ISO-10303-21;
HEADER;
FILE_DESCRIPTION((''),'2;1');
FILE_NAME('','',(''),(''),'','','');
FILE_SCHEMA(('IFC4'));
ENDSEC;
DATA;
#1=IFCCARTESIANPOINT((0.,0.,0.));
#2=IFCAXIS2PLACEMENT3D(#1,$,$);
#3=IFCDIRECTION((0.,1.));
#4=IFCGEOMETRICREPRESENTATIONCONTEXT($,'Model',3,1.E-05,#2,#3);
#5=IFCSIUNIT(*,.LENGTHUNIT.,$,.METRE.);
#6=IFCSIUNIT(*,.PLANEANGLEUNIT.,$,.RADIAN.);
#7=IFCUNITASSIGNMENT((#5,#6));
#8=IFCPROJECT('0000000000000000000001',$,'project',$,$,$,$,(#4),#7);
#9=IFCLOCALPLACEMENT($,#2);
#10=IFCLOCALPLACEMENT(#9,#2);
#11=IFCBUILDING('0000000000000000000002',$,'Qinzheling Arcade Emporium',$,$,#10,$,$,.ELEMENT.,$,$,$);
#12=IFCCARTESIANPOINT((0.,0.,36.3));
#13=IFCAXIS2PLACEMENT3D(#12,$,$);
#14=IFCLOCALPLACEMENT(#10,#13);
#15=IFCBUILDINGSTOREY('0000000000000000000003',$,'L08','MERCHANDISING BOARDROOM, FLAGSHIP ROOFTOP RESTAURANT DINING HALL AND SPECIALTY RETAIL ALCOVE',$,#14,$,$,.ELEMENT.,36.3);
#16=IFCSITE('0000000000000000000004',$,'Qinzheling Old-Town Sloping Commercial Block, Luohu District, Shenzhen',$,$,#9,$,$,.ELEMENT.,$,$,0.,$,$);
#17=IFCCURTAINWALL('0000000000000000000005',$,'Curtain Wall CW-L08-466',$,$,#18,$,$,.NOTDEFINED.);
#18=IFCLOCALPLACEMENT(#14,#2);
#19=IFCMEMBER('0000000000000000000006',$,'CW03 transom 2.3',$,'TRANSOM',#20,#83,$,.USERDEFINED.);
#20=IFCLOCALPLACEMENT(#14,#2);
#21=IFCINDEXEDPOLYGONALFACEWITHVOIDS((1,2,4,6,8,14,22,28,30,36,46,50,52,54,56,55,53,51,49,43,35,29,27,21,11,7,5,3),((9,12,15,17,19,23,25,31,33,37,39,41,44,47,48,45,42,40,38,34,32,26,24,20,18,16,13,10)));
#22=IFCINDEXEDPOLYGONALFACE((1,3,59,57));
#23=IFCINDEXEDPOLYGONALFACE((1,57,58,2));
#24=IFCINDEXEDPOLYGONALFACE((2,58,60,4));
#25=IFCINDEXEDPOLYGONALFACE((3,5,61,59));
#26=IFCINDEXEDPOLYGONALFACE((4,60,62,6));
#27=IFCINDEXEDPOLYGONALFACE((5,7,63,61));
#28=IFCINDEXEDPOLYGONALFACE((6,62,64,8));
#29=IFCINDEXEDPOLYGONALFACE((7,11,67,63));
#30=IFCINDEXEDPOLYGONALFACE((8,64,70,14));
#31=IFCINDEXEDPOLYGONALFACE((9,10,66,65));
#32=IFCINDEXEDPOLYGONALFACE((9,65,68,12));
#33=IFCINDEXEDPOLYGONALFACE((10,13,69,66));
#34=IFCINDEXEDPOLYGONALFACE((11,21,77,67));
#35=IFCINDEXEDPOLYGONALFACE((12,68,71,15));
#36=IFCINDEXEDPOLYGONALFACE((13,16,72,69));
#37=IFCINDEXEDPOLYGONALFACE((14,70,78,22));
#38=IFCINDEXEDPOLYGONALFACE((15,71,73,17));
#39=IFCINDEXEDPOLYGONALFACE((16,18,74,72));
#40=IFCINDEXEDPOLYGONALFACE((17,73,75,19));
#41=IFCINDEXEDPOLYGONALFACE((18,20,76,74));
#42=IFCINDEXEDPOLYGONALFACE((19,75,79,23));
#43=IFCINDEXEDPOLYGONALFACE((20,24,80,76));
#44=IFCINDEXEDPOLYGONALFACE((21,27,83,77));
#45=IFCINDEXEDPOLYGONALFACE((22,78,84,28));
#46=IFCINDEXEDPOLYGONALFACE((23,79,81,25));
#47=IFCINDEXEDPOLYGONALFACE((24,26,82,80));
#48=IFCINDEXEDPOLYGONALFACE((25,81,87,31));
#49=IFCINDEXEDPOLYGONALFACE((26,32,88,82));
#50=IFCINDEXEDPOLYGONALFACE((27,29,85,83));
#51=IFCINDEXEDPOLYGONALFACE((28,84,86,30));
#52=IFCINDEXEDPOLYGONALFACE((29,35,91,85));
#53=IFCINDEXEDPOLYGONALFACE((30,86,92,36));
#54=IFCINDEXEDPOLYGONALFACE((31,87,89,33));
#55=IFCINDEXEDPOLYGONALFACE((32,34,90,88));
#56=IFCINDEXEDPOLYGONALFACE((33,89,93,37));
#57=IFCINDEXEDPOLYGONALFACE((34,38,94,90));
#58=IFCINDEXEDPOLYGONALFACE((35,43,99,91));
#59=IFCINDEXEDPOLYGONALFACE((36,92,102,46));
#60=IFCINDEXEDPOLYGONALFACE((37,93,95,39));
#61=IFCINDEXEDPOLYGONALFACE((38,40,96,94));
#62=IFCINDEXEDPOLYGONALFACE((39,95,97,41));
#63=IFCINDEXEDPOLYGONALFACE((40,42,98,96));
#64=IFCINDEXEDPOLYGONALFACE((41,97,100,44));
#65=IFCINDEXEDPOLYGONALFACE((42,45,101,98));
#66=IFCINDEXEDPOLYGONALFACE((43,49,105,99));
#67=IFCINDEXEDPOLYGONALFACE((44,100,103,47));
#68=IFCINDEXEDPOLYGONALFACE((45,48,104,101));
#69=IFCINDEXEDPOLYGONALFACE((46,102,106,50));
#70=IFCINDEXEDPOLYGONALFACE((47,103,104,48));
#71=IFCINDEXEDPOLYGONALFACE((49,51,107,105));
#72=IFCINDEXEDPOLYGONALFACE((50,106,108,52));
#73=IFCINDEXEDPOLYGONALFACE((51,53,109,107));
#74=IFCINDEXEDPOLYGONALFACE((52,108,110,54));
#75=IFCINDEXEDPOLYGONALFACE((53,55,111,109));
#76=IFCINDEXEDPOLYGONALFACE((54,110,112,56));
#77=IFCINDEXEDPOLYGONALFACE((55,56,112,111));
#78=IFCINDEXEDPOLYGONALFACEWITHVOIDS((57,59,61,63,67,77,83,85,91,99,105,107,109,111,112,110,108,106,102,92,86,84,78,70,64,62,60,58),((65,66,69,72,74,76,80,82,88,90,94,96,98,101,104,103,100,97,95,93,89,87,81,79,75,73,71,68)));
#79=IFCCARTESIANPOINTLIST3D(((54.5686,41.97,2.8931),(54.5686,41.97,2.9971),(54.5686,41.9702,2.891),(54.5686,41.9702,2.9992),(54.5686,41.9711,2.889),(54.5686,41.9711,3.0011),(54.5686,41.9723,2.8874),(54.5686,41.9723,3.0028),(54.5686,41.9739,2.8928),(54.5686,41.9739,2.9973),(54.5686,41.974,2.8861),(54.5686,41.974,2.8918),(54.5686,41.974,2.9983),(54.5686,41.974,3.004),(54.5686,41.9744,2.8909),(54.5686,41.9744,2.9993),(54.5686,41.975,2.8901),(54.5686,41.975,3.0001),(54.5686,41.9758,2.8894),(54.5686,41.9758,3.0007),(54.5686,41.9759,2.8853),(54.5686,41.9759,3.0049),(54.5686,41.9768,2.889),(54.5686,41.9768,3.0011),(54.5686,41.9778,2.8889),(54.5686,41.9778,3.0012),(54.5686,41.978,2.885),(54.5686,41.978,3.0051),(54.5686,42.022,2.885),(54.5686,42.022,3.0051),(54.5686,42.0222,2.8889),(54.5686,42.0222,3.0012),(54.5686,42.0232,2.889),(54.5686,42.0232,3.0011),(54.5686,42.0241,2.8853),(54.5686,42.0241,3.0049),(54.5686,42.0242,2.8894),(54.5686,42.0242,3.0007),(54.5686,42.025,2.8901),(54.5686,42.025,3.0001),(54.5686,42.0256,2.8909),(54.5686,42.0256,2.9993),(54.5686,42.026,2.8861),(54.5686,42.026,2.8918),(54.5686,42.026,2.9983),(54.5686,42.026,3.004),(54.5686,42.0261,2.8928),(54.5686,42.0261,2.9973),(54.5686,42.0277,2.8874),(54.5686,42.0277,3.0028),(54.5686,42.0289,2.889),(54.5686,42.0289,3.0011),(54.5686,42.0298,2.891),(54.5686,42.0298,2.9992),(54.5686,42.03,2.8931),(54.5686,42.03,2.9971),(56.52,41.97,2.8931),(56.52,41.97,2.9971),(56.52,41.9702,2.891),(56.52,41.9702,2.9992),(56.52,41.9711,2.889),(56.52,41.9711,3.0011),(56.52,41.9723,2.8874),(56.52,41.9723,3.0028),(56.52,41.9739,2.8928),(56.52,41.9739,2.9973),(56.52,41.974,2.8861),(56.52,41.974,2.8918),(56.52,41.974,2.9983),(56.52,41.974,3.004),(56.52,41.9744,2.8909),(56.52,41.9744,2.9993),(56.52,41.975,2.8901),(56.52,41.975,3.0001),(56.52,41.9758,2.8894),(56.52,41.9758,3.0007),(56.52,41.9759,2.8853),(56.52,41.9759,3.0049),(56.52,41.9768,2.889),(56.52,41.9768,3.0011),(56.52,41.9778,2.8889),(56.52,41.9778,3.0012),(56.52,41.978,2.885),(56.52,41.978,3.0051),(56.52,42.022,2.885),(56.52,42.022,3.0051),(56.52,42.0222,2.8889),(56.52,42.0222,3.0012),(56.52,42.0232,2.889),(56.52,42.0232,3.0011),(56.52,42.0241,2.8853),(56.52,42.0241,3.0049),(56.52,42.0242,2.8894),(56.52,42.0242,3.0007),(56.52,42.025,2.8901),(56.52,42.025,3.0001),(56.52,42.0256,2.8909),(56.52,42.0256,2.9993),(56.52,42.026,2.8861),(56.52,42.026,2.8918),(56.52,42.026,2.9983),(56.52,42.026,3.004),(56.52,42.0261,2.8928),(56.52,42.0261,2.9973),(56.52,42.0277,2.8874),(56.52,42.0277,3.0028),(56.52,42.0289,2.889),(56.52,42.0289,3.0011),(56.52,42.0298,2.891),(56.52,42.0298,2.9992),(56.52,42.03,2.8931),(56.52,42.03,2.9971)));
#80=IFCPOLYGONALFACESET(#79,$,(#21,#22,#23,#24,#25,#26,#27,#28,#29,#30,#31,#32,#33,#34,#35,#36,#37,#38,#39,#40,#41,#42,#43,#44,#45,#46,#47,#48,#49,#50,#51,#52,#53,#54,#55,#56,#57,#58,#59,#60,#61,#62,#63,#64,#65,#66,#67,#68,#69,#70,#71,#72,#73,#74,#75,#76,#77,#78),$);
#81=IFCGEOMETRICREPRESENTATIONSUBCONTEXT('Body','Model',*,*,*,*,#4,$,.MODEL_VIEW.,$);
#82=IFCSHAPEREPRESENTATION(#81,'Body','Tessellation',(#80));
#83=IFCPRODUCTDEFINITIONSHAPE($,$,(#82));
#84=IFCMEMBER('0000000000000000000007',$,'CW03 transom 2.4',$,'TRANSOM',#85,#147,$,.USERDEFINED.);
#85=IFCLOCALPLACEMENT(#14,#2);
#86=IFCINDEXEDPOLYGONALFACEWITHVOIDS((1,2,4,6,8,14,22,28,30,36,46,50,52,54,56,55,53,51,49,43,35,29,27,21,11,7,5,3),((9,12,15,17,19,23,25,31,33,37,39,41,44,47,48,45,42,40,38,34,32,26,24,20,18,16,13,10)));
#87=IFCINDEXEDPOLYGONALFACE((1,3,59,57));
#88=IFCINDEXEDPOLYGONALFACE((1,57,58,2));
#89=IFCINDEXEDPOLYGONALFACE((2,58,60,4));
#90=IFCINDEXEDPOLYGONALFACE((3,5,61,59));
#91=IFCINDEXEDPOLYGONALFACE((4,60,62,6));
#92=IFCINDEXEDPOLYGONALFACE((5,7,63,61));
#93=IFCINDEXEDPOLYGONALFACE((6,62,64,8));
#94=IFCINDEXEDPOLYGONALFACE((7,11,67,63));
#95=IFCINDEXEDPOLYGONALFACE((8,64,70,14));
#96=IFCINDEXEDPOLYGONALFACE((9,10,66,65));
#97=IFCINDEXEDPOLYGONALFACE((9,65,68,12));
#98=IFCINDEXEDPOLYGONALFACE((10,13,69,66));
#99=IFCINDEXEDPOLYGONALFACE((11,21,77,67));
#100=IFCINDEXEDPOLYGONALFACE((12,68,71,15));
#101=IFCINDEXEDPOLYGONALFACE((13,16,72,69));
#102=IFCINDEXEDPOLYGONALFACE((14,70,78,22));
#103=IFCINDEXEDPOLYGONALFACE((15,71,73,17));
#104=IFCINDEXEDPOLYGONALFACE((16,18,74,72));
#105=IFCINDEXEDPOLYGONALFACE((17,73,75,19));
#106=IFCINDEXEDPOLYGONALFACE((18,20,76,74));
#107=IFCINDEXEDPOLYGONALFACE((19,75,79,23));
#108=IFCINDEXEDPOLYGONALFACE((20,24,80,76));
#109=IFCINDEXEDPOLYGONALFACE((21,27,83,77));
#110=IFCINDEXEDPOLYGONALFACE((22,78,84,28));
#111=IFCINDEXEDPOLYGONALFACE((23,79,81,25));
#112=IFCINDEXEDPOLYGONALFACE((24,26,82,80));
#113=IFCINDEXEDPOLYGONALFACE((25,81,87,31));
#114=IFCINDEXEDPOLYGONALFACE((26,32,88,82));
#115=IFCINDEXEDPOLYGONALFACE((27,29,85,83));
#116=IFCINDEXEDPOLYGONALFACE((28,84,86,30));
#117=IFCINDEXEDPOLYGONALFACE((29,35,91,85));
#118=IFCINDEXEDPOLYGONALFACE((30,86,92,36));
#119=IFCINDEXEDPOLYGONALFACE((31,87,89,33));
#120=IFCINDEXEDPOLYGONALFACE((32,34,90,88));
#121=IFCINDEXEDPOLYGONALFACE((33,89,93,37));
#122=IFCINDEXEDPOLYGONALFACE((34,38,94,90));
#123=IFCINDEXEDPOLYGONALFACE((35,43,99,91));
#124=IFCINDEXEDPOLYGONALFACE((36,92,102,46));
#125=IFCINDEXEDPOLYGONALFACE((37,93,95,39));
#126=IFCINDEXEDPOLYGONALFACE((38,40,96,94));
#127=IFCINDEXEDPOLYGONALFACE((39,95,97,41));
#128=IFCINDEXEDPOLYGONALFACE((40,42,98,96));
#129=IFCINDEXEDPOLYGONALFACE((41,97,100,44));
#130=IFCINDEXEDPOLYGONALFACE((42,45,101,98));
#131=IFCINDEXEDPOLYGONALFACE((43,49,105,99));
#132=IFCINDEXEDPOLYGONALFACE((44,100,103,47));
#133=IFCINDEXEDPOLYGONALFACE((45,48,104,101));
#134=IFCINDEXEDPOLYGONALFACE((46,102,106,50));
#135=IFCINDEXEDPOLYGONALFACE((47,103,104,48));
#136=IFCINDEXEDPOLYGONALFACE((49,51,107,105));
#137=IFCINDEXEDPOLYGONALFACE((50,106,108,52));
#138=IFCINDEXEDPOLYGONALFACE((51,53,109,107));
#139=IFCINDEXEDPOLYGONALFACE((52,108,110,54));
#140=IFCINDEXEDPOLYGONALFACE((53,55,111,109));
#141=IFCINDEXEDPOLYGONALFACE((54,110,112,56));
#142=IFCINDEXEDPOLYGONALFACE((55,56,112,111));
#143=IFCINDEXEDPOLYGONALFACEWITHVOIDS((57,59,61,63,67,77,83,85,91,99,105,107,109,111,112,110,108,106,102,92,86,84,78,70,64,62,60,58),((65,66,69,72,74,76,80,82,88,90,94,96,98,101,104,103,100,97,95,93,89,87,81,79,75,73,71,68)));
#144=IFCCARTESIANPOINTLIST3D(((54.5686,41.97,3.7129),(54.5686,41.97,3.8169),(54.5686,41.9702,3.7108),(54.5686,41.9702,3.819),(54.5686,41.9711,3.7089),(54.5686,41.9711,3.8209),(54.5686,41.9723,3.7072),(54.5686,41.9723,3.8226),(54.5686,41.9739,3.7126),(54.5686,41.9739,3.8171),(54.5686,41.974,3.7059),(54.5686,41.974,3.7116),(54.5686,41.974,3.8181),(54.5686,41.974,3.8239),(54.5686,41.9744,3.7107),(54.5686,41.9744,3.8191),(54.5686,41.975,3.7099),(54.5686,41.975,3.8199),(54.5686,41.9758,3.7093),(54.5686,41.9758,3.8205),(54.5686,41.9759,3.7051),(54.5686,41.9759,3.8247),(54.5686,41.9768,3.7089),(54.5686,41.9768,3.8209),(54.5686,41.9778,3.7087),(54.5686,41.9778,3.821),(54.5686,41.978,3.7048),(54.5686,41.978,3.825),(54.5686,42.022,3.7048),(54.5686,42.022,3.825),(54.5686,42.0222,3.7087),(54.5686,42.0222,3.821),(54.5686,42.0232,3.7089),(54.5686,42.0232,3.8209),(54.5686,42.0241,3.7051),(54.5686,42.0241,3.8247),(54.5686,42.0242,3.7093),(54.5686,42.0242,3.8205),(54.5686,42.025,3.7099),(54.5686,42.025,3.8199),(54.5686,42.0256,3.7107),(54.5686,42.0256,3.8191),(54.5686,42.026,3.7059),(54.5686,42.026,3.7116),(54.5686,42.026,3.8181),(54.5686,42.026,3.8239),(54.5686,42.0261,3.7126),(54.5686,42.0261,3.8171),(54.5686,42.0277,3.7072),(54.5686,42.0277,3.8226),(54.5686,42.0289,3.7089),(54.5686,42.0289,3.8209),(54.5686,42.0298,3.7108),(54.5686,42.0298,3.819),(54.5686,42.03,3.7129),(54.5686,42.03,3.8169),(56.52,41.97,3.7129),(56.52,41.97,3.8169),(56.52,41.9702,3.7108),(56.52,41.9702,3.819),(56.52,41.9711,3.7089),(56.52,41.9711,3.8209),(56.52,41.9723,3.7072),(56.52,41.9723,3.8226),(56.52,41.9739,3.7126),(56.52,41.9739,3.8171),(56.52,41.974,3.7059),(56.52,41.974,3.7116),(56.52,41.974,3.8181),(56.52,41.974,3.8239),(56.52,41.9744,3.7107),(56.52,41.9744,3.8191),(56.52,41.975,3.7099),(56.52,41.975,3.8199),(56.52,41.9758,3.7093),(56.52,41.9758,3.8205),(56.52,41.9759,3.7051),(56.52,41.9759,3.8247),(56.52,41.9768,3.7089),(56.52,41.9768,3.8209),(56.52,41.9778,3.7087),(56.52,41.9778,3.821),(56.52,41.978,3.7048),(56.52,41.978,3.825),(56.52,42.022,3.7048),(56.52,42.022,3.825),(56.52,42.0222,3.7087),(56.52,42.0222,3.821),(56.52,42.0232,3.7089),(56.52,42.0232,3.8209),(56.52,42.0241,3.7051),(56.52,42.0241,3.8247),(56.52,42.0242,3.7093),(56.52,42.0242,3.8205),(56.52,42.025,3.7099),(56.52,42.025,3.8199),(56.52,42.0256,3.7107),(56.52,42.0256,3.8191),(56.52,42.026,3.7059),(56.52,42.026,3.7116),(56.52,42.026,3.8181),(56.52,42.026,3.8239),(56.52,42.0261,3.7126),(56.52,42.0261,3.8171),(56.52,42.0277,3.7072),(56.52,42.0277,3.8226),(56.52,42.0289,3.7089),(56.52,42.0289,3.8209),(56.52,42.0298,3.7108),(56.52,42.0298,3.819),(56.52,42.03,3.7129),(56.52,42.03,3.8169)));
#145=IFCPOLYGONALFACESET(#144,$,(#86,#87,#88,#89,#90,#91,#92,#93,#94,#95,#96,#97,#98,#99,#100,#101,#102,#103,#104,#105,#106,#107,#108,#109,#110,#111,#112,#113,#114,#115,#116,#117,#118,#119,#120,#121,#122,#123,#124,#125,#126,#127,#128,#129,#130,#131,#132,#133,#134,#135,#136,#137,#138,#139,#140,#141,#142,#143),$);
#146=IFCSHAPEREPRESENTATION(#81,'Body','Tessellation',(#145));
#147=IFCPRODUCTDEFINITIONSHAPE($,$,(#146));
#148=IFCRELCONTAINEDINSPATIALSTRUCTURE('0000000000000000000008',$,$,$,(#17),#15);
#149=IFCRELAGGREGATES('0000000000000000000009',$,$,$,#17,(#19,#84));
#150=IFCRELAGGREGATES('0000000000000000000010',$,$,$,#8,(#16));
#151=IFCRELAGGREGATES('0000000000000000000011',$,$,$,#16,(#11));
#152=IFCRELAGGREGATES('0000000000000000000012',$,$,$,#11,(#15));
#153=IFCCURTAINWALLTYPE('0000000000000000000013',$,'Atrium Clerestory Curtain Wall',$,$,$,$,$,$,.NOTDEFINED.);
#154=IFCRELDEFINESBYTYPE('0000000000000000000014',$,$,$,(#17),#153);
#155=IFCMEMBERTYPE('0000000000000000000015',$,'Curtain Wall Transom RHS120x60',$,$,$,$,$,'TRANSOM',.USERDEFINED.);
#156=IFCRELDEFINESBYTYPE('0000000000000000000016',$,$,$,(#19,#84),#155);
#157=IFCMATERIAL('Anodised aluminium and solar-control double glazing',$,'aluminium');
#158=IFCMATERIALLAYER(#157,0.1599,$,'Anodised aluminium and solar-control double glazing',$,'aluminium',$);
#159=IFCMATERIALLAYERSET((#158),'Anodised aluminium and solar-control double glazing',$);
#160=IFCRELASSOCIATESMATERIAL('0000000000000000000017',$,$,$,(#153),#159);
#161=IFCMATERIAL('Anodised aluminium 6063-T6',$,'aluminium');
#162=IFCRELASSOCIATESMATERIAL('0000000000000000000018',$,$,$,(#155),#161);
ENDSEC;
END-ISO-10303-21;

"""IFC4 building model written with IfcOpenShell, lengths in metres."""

from ifc_helpers import new_model, si_unit, direction, frame, origin, origin_2d, place, context, subcontext, project, spatial, hollow_rectangle, extrude, material, layer, layer_set, material_profile, profile_set, type_object, element, aggregate, save


model = new_model("IFC4")

# Units and contexts
model_context = context("Model", 3, precision=1e-05, world=origin(), true_north=direction((0.0, 1.0)))
body_context = subcontext(model_context, "Body", "Model", "MODEL_VIEW")
ifc_project = project(units=[si_unit("LENGTHUNIT", "METRE"), si_unit("PLANEANGLEUNIT", "RADIAN")], contexts=[model_context])

# Site, building, storey
site_placement = place(None, origin())
site = spatial("IfcSite", under=ifc_project, at=site_placement, Name="Qinzheling Old-Town Sloping Commercial Block, Luohu District, Shenzhen", CompositionType="ELEMENT", RefElevation=0.0)
building_placement = place(site_placement, origin())
building = spatial("IfcBuilding", under=site, at=building_placement, Name="Qinzheling Arcade Emporium", CompositionType="ELEMENT")
storey_placement = place(building_placement, frame((0.0, 0.0, 36.3)))
storey = spatial("IfcBuildingStorey", under=building, at=storey_placement, Name="L08", Description="MERCHANDISING BOARDROOM, FLAGSHIP ROOFTOP RESTAURANT DINING HALL AND SPECIALTY RETAIL ALCOVE", CompositionType="ELEMENT", Elevation=36.3)

# Curtain wall
ifc_material_1 = material(Name="Anodised aluminium and solar-control double glazing", Category="aluminium")
ifc_layer_1 = layer(ifc_material_1, 0.1599, Name="Anodised aluminium and solar-control double glazing", Category="aluminium")
ifc_layer_set_1 = layer_set([ifc_layer_1], Name="Anodised aluminium and solar-control double glazing")
curtain_wall_type = type_object("IfcCurtainWallType", Name="Atrium Clerestory Curtain Wall", PredefinedType="NOTDEFINED", material=ifc_layer_set_1)
curtain_wall_1_placement = place(storey_placement, origin())
curtain_wall_1 = element("IfcCurtainWall", 1, at=curtain_wall_1_placement, inside=storey, type_object=curtain_wall_type, Name="Curtain Wall CW-L08-466", PredefinedType="NOTDEFINED")
ifc_material_2 = material(Name="Anodised aluminium 6063-T6", Category="aluminium")

# Members
ifc_material_profile_1 = material_profile(ifc_material_2, hollow_rectangle(XDim=0.0601, YDim=0.1201, WallThickness=0.0039, InnerFilletRadius=0.0039, OuterFilletRadius=0.0081, at=origin_2d()), Name="RHS 120x60x4", Category="aluminium")
ifc_profile_set_1 = profile_set([ifc_material_profile_1], Name="Anodised aluminium 6063-T6")
member_type_1 = type_object("IfcMemberType", Name="Curtain Wall Transom RHS120x60", ElementType="TRANSOM", PredefinedType="USERDEFINED", material=ifc_profile_set_1)
member_1_placement = place(storey_placement, frame((54.5686, 42.0, 2.9451), z_axis=(1.0, 0.0, 0.0), x_axis=(0.0, 1.0, 0.0)))
member_1 = element("IfcMember", 2, at=member_1_placement, type_object=member_type_1, Name="CW03 transom 2.3", ObjectType="TRANSOM", PredefinedType="USERDEFINED", context=body_context, shape_type="SweptSolid", body=[
    extrude(hollow_rectangle(XDim=0.0601, YDim=0.1201, WallThickness=0.0039, InnerFilletRadius=0.0039, OuterFilletRadius=0.0081, at=origin_2d()), origin(), (0.0, 0.0, 1.0), 1.9514),
])
member_2_placement = place(storey_placement, frame((54.5686, 42.0, 3.7649), z_axis=(1.0, 0.0, 0.0), x_axis=(0.0, 1.0, 0.0)))
member_2 = element("IfcMember", 3, at=member_2_placement, type_object=member_type_1, Name="CW03 transom 2.4", ObjectType="TRANSOM", PredefinedType="USERDEFINED", context=body_context, shape_type="SweptSolid", body=[
    extrude(hollow_rectangle(XDim=0.0601, YDim=0.1201, WallThickness=0.0039, InnerFilletRadius=0.0039, OuterFilletRadius=0.0081, at=origin_2d()), origin(), (0.0, 0.0, 1.0), 1.9514),
])

aggregate(curtain_wall_1, [member_1, member_2])

save(model, "model.ifc")
